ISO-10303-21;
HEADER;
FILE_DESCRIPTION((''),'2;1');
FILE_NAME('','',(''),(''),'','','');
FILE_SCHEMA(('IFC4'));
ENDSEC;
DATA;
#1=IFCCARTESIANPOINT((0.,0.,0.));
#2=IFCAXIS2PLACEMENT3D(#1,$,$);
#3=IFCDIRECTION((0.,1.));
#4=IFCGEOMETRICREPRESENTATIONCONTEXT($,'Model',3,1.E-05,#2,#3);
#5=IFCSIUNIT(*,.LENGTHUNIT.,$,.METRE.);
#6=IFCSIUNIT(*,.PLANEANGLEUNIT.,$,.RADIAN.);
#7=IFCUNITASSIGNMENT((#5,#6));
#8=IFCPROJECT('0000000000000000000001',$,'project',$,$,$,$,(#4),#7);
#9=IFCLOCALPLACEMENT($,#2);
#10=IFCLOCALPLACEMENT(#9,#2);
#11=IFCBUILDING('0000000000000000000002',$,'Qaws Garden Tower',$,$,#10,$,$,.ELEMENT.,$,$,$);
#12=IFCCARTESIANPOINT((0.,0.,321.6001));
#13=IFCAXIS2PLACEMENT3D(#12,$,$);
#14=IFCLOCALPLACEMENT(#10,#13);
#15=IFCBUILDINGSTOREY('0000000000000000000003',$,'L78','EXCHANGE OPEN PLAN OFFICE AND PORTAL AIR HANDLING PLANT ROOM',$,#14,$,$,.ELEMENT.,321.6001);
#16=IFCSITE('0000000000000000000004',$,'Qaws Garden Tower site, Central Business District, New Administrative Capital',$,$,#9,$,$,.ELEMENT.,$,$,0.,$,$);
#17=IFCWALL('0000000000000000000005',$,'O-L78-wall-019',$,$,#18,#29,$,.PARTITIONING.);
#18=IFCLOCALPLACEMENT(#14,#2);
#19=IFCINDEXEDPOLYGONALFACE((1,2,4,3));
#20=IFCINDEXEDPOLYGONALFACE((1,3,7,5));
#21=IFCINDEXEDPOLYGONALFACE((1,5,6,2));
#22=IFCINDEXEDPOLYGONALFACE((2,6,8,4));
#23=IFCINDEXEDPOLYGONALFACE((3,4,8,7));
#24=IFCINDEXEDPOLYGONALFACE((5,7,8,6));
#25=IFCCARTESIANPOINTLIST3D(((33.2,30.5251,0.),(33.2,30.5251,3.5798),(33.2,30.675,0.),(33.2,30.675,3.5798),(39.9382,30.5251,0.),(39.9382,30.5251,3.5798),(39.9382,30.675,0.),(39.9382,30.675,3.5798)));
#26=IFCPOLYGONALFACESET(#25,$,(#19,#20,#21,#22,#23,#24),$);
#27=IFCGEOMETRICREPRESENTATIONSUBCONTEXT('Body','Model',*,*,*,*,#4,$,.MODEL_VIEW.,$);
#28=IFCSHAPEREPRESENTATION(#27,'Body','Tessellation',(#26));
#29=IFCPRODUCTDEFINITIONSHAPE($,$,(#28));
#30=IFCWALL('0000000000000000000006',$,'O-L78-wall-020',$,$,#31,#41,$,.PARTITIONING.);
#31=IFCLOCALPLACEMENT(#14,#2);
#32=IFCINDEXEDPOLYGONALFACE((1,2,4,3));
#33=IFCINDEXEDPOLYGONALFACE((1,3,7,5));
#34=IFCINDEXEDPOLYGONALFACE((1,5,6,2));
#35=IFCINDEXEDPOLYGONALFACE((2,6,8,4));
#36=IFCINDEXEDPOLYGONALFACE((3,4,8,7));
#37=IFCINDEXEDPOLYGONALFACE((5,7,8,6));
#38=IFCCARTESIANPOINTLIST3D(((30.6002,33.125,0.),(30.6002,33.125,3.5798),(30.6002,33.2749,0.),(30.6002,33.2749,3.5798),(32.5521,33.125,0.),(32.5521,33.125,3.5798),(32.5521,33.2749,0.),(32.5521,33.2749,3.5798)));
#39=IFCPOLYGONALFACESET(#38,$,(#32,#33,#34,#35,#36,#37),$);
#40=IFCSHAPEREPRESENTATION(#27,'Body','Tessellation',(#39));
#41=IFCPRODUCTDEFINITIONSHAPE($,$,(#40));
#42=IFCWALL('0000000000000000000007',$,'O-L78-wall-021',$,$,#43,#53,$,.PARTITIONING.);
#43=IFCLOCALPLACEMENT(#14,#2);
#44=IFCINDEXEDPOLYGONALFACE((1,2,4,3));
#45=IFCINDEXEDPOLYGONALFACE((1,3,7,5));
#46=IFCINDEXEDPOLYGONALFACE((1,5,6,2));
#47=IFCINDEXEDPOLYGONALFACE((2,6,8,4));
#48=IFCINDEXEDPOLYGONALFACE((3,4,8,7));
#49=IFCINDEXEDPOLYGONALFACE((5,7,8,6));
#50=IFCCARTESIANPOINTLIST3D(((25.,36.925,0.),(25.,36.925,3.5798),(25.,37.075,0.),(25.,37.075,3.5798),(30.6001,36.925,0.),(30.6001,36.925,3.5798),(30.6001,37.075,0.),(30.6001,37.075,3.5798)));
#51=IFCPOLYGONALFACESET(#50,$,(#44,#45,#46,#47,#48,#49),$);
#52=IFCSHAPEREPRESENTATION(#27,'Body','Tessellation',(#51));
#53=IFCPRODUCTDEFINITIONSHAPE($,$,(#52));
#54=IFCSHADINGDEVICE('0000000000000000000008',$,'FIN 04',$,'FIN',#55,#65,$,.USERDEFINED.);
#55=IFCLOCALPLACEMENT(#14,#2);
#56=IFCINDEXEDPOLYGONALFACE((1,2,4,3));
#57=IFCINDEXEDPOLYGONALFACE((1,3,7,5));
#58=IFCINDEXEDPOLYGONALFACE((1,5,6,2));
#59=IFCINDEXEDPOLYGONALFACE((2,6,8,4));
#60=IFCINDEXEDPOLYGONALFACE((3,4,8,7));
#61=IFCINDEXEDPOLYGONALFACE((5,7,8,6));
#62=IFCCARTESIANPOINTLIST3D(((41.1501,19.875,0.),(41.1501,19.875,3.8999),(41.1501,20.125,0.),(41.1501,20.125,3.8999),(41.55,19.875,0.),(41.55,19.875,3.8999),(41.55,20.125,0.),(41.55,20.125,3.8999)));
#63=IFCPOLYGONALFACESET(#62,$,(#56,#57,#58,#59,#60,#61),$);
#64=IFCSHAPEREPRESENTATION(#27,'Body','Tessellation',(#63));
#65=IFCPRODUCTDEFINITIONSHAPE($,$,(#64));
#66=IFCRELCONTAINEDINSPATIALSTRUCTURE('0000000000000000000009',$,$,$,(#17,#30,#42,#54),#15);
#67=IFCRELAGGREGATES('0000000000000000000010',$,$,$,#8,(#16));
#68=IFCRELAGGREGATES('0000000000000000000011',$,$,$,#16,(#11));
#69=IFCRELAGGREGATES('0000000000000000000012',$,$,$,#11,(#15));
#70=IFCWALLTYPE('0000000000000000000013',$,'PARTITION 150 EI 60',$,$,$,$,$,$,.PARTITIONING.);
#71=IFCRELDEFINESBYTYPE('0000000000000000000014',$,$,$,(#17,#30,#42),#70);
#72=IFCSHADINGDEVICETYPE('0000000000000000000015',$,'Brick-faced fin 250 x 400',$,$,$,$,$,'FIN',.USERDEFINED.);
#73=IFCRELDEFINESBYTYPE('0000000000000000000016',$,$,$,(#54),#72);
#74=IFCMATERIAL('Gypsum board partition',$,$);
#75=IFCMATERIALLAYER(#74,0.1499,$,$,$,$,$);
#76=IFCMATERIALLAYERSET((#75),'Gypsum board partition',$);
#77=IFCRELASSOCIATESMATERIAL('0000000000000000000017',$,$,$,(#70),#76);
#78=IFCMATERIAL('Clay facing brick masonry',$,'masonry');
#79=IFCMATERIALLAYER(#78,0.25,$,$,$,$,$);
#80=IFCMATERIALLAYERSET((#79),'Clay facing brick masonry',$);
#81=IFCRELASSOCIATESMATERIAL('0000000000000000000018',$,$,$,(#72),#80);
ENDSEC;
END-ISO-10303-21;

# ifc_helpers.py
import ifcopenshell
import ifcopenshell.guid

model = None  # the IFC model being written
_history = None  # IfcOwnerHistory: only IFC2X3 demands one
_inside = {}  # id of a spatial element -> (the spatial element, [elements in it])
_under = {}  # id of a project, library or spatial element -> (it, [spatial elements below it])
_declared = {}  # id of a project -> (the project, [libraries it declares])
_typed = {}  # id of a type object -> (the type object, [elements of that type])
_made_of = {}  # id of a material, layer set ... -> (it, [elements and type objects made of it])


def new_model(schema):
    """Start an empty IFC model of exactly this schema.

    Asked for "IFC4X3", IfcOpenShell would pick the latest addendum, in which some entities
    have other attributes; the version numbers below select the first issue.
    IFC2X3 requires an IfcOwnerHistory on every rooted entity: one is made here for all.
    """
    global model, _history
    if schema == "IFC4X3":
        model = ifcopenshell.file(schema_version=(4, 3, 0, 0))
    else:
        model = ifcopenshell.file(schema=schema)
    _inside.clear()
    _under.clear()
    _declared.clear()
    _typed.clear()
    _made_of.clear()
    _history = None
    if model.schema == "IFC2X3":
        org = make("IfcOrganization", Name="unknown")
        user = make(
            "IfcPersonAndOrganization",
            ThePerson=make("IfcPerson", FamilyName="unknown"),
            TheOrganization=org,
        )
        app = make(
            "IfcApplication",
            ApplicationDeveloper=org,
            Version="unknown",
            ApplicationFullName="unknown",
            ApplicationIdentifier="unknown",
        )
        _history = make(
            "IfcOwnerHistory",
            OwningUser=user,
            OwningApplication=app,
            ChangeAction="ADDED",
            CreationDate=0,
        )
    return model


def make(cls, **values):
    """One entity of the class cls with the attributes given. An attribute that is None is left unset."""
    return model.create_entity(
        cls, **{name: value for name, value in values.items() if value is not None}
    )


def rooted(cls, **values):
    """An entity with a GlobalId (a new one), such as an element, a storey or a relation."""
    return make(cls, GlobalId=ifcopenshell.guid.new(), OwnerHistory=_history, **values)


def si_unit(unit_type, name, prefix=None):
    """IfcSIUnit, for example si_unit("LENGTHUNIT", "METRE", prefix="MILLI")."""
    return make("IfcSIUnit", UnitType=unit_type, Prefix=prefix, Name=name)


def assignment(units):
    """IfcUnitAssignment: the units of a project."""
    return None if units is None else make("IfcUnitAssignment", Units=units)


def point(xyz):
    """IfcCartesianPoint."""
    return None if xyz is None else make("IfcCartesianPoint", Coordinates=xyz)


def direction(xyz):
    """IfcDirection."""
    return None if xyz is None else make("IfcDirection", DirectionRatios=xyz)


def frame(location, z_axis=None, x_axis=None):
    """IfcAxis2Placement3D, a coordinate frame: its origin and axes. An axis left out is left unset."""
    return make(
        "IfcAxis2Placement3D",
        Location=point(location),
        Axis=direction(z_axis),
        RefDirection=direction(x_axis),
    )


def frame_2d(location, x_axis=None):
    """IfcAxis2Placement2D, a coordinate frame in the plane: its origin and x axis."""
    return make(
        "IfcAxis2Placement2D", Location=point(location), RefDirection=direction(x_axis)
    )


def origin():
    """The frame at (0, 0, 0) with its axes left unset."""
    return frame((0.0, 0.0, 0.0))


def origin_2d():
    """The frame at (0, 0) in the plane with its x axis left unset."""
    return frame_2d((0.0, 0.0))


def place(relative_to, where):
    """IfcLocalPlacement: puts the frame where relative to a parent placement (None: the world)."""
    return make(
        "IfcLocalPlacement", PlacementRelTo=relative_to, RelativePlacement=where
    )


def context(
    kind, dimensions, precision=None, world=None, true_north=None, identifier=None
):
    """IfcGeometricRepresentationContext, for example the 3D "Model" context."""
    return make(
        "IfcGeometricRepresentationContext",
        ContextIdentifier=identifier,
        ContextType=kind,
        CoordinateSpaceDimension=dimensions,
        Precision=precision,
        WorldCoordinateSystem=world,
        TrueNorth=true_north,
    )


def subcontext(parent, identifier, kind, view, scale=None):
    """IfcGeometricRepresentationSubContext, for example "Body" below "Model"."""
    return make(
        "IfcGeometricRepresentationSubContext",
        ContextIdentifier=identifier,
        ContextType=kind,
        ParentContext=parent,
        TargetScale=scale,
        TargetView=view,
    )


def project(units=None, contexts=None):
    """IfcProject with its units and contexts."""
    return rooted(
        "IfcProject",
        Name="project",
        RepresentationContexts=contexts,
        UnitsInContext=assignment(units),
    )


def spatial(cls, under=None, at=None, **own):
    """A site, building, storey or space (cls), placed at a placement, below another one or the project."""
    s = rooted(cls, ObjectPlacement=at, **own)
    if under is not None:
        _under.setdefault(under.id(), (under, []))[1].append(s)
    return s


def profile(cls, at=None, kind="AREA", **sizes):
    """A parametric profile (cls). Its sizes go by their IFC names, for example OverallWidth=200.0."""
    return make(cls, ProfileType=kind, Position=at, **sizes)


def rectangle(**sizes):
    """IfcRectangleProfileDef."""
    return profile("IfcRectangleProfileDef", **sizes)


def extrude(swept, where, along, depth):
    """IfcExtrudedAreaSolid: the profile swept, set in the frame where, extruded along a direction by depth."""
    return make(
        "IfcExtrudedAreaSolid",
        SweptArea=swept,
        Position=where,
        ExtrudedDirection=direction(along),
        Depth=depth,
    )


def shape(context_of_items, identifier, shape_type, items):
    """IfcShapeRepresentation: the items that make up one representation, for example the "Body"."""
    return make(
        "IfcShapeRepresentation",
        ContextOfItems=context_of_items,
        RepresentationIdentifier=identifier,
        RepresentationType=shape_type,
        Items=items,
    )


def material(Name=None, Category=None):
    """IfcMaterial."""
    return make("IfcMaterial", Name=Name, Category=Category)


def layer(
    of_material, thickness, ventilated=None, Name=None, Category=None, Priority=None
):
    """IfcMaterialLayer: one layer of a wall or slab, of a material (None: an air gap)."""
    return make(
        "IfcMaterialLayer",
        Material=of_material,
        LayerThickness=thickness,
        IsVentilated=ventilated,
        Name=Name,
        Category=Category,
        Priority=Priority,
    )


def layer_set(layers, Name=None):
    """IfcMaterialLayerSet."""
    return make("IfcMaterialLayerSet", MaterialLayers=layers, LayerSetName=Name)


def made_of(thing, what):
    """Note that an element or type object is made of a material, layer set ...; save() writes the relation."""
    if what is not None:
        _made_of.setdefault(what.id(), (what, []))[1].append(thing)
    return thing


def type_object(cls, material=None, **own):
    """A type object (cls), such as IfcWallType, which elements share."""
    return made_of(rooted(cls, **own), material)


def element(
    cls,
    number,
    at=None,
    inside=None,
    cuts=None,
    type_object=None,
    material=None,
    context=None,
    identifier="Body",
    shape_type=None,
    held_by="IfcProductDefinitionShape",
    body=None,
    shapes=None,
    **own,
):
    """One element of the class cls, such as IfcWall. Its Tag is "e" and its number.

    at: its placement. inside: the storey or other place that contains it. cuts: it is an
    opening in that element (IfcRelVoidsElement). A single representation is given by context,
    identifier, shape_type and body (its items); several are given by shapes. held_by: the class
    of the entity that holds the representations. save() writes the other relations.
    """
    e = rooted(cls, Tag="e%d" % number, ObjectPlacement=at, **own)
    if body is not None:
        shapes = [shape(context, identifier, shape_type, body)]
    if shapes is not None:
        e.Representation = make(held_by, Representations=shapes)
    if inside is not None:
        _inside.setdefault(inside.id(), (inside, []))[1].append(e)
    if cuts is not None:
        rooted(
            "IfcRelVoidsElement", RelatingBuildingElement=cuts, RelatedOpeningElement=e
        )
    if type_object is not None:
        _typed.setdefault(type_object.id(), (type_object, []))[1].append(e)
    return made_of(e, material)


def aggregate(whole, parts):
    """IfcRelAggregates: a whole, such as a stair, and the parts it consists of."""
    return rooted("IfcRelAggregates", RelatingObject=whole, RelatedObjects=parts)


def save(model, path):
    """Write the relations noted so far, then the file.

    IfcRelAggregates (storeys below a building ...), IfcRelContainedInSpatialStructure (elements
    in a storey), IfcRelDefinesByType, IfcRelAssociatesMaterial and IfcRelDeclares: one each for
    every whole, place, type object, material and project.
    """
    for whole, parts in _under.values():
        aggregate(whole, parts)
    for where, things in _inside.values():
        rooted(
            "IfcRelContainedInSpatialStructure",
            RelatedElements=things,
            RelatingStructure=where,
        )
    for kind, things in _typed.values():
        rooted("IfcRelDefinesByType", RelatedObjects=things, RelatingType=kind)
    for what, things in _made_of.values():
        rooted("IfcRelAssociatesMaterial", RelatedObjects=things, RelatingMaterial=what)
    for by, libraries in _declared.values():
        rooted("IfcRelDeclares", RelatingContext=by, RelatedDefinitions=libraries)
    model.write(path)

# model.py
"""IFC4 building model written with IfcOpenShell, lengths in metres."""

from ifc_helpers import new_model, si_unit, direction, frame, frame_2d, origin, origin_2d, place, context, subcontext, project, spatial, rectangle, extrude, material, layer, layer_set, type_object, element, save


model = new_model("IFC4")

# Units and contexts
model_context = context("Model", 3, precision=1e-05, world=origin(), true_north=direction((0.0, 1.0)))
body_context = subcontext(model_context, "Body", "Model", "MODEL_VIEW")
ifc_project = project(units=[si_unit("LENGTHUNIT", "METRE"), si_unit("PLANEANGLEUNIT", "RADIAN")], contexts=[model_context])

# Site, building, storey
site_placement = place(None, origin())
site = spatial("IfcSite", under=ifc_project, at=site_placement, Name="Qaws Garden Tower site, Central Business District, New Administrative Capital", CompositionType="ELEMENT", RefElevation=0.0)
building_placement = place(site_placement, origin())
building = spatial("IfcBuilding", under=site, at=building_placement, Name="Qaws Garden Tower", CompositionType="ELEMENT")
storey_placement = place(building_placement, frame((0.0, 0.0, 321.6001)))
storey = spatial("IfcBuildingStorey", under=building, at=storey_placement, Name="L78", Description="EXCHANGE OPEN PLAN OFFICE AND PORTAL AIR HANDLING PLANT ROOM", CompositionType="ELEMENT", Elevation=321.6001)

# Shared definitions
ifc_material_1 = material(Name="Gypsum board partition")
ifc_layer_1 = layer(ifc_material_1, 0.1499)
ifc_layer_set_1 = layer_set([ifc_layer_1], Name="Gypsum board partition")
wall_type_1 = type_object("IfcWallType", Name="PARTITION 150 EI 60", PredefinedType="PARTITIONING", material=ifc_layer_set_1)

# Walls
wall_1_placement = place(storey_placement, frame((33.2, 30.6001, 0.0), z_axis=(0.0, 0.0, 1.0), x_axis=(1.0, 0.0, 0.0)))
element("IfcWall", 1, at=wall_1_placement, inside=storey, type_object=wall_type_1, Name="O-L78-wall-019", PredefinedType="PARTITIONING", context=body_context, shape_type="SweptSolid", body=[
    extrude(rectangle(XDim=6.7383, YDim=0.1499, at=frame_2d((3.3691, 0.0))), origin(), (0.0, 0.0, 1.0), 3.5798),
])
wall_2_placement = place(storey_placement, frame((30.6001, 33.2, 0.0), z_axis=(0.0, 0.0, 1.0), x_axis=(1.0, 0.0, 0.0)))
element("IfcWall", 2, at=wall_2_placement, inside=storey, type_object=wall_type_1, Name="O-L78-wall-020", PredefinedType="PARTITIONING", context=body_context, shape_type="SweptSolid", body=[
    extrude(rectangle(XDim=1.9519, YDim=0.1499, at=frame_2d((0.9761, 0.0))), origin(), (0.0, 0.0, 1.0), 3.5798),
])
wall_3_placement = place(storey_placement, frame((25.0, 37.0, 0.0), z_axis=(0.0, 0.0, 1.0), x_axis=(1.0, 0.0, 0.0)))
element("IfcWall", 3, at=wall_3_placement, inside=storey, type_object=wall_type_1, Name="O-L78-wall-021", PredefinedType="PARTITIONING", context=body_context, shape_type="SweptSolid", body=[
    extrude(rectangle(XDim=5.6001, YDim=0.1499, at=frame_2d((2.8, 0.0))), origin(), (0.0, 0.0, 1.0), 3.5798),
])

# Shading device
ifc_material_2 = material(Name="Clay facing brick masonry", Category="masonry")
ifc_layer_2 = layer(ifc_material_2, 0.25)
ifc_layer_set_2 = layer_set([ifc_layer_2], Name="Clay facing brick masonry")
shading_device_type = type_object("IfcShadingDeviceType", Name="Brick-faced fin 250 x 400", ElementType="FIN", PredefinedType="USERDEFINED", material=ifc_layer_set_2)
shading_device_placement = place(storey_placement, frame((41.3501, 20.0, 0.0), z_axis=(0.0, 0.0, 1.0), x_axis=(0.0, 1.0, 0.0)))
element("IfcShadingDevice", 4, at=shading_device_placement, inside=storey, type_object=shading_device_type, Name="FIN 04", ObjectType="FIN", PredefinedType="USERDEFINED", context=body_context, shape_type="SweptSolid", body=[
    extrude(rectangle(XDim=0.25, YDim=0.3999, at=origin_2d()), origin(), (0.0, 0.0, 1.0), 3.8999),
])

save(model, "model.ifc")
